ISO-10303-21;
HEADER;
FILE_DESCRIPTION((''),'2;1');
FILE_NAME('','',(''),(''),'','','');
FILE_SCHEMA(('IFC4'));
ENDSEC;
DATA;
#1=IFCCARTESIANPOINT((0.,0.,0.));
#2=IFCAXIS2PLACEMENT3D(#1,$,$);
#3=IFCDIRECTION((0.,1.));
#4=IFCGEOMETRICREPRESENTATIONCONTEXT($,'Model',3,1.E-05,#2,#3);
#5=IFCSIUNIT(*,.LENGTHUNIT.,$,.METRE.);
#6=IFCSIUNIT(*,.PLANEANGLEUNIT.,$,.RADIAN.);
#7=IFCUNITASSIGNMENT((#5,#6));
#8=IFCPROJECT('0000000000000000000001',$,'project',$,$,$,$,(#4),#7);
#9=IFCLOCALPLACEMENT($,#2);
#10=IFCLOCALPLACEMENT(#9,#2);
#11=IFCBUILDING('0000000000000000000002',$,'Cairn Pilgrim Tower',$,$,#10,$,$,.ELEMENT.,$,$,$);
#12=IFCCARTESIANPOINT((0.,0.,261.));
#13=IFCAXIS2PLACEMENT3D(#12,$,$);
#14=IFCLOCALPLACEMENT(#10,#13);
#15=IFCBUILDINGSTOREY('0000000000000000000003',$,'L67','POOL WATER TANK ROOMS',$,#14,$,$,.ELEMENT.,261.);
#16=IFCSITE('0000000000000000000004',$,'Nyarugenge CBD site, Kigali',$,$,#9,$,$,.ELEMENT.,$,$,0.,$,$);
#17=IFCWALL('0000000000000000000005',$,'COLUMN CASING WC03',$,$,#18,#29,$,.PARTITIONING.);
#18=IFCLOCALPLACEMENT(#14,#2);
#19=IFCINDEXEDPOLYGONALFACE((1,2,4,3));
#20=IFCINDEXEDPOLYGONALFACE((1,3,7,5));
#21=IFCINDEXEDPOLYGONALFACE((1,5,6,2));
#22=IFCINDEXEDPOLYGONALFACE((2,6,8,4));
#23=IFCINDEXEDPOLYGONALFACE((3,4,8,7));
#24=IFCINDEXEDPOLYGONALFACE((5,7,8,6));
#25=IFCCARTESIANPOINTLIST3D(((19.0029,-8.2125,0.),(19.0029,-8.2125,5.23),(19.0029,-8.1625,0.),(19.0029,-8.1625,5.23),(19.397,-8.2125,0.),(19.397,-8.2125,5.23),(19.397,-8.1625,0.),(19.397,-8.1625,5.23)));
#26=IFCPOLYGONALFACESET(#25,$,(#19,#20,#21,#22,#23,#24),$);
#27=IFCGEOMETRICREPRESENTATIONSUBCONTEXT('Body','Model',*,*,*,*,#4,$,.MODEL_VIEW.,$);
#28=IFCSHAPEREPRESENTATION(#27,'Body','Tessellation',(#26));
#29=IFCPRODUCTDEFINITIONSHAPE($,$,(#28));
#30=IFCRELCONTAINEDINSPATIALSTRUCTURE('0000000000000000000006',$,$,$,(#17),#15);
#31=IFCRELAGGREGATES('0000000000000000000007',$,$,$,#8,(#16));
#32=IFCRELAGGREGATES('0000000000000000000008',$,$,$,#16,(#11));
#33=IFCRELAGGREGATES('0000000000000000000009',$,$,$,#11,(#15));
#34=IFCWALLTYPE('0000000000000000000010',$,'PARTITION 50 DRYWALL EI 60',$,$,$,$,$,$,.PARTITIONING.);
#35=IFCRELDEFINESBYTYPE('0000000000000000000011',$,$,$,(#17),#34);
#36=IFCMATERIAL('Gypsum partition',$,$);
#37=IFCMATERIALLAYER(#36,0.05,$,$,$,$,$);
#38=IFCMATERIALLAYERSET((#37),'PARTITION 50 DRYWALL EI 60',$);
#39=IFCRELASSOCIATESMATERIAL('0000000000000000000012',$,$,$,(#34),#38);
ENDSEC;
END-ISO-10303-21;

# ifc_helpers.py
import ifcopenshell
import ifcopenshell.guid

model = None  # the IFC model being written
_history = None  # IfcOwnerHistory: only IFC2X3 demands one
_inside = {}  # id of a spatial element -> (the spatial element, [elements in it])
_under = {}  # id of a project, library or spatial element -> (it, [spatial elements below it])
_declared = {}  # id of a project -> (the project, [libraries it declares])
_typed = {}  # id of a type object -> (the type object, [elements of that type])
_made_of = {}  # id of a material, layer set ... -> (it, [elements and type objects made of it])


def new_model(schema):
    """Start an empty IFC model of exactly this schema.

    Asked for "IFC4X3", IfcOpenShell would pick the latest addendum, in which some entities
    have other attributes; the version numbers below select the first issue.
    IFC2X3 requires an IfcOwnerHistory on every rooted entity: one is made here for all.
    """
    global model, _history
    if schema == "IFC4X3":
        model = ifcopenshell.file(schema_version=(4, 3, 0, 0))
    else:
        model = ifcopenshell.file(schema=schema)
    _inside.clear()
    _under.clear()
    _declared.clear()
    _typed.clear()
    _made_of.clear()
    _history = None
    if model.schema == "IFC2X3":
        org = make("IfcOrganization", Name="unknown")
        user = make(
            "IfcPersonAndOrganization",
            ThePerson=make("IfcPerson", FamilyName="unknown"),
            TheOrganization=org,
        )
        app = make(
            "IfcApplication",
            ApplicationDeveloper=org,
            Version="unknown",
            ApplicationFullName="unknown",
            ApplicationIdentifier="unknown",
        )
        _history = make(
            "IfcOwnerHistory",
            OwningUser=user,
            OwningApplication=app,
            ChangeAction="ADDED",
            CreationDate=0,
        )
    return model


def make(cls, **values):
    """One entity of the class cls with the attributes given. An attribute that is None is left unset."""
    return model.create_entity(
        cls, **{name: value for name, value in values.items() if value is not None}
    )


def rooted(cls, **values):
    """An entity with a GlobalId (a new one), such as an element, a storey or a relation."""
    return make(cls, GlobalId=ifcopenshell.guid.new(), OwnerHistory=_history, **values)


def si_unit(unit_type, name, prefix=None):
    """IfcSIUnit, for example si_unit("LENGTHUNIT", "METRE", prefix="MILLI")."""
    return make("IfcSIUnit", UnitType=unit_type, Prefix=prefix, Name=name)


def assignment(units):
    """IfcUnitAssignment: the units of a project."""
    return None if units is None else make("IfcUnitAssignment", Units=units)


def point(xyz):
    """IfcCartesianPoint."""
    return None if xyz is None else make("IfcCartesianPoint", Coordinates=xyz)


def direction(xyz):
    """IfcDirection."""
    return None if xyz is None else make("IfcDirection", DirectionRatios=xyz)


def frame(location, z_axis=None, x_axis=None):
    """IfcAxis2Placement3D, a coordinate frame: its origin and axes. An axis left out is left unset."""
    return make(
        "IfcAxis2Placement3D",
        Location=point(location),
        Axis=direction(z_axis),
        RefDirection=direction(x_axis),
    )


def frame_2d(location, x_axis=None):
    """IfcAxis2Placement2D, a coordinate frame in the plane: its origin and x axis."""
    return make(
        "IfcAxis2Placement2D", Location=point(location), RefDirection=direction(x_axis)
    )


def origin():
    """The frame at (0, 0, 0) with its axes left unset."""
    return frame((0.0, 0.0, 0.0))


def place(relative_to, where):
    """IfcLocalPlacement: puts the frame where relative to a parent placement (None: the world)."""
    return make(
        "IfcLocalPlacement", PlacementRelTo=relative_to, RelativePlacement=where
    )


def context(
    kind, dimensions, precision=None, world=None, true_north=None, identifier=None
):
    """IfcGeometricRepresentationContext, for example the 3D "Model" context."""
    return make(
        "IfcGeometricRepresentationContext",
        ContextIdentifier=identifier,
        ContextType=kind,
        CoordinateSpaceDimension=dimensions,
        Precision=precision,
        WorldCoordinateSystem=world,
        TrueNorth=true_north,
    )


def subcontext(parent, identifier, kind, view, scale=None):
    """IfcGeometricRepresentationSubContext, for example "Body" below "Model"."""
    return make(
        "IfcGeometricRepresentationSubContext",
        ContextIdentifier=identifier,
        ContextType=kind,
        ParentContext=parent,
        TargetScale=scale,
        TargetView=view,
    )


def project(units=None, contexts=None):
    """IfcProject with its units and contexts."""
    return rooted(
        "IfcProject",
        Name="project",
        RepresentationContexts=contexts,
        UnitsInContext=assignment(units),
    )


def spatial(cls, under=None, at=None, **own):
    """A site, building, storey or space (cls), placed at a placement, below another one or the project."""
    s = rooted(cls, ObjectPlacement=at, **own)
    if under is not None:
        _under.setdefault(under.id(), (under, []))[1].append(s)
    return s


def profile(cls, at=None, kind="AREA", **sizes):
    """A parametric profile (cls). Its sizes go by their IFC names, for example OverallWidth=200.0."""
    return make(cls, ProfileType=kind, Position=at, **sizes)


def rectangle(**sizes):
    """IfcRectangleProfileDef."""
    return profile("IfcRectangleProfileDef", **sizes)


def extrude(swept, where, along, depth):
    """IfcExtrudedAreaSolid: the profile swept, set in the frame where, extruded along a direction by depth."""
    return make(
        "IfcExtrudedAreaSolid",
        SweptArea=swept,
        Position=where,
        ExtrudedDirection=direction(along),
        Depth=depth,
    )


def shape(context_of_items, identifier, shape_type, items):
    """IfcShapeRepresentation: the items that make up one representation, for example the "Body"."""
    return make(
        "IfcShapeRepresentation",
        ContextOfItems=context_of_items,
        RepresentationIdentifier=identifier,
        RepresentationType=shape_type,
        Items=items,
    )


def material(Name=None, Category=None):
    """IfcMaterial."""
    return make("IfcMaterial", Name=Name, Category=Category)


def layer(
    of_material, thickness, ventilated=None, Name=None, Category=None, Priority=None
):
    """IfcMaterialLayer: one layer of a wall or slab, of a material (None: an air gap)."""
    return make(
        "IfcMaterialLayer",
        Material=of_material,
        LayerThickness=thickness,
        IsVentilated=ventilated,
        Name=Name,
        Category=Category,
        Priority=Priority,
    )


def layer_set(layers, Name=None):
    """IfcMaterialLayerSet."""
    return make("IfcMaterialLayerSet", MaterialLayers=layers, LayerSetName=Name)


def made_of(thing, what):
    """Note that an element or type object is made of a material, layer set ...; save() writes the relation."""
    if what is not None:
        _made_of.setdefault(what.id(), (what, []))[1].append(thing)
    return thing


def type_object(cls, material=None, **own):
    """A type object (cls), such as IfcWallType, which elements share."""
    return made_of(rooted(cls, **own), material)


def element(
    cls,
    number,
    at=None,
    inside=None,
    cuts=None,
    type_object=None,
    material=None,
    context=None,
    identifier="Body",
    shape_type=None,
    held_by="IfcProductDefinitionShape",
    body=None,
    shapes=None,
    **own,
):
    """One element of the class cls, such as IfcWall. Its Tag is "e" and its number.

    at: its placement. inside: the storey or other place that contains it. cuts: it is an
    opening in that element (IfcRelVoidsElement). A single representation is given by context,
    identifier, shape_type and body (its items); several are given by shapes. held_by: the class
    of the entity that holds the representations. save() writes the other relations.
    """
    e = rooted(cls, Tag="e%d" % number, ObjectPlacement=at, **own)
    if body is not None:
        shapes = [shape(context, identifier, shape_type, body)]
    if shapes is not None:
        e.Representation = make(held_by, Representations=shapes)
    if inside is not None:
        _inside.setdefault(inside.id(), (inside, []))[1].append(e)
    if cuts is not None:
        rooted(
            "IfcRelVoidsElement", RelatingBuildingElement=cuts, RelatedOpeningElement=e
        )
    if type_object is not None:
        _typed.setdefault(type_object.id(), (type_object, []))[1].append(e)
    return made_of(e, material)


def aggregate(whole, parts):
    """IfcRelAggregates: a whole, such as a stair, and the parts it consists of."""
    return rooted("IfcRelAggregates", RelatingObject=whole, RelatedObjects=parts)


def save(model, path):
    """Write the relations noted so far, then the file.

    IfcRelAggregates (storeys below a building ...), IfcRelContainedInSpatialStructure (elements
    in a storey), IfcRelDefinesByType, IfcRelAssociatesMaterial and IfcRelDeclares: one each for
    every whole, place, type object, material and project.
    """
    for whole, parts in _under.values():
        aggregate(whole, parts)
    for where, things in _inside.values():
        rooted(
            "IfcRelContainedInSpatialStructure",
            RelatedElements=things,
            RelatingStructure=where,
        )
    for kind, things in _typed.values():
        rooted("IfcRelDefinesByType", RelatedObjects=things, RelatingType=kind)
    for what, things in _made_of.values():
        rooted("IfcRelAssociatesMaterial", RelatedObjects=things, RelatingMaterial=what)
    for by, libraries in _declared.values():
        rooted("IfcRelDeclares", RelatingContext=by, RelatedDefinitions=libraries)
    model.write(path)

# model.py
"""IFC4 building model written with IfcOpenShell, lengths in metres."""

from ifc_helpers import new_model, si_unit, direction, frame, frame_2d, origin, place, context, subcontext, project, spatial, rectangle, extrude, material, layer, layer_set, type_object, element, save


model = new_model("IFC4")

# Units and contexts
model_context = context("Model", 3, precision=1e-05, world=origin(), true_north=direction((0.0, 1.0)))
body_context = subcontext(model_context, "Body", "Model", "MODEL_VIEW")
ifc_project = project(units=[si_unit("LENGTHUNIT", "METRE"), si_unit("PLANEANGLEUNIT", "RADIAN")], contexts=[model_context])

# Site, building, storey
site_placement = place(None, origin())
site = spatial("IfcSite", under=ifc_project, at=site_placement, Name="Nyarugenge CBD site, Kigali", CompositionType="ELEMENT", RefElevation=0.0)
building_placement = place(site_placement, origin())
building = spatial("IfcBuilding", under=site, at=building_placement, Name="Cairn Pilgrim Tower", CompositionType="ELEMENT")
storey_placement = place(building_placement, frame((0.0, 0.0, 261.0)))
storey = spatial("IfcBuildingStorey", under=building, at=storey_placement, Name="L67", Description="POOL WATER TANK ROOMS", CompositionType="ELEMENT", Elevation=261.0)

# Wall
ifc_material_1 = material(Name="Gypsum partition")
ifc_layer = layer(ifc_material_1, 0.05)
ifc_layer_set = layer_set([ifc_layer], Name="PARTITION 50 DRYWALL EI 60")
wall_type = type_object("IfcWallType", Name="PARTITION 50 DRYWALL EI 60", PredefinedType="PARTITIONING", material=ifc_layer_set)
wall_placement = place(storey_placement, frame((19.0029, -8.1875, 0.0), z_axis=(0.0, 0.0, 1.0), x_axis=(1.0, 0.0, 0.0)))
element("IfcWall", 1, at=wall_placement, inside=storey, type_object=wall_type, Name="COLUMN CASING WC03", PredefinedType="PARTITIONING", context=body_context, shape_type="SweptSolid", body=[
    extrude(rectangle(XDim=0.394, YDim=0.05, at=frame_2d((0.197, 0.0))), origin(), (0.0, 0.0, 1.0), 5.23),
])

save(model, "model.ifc")
